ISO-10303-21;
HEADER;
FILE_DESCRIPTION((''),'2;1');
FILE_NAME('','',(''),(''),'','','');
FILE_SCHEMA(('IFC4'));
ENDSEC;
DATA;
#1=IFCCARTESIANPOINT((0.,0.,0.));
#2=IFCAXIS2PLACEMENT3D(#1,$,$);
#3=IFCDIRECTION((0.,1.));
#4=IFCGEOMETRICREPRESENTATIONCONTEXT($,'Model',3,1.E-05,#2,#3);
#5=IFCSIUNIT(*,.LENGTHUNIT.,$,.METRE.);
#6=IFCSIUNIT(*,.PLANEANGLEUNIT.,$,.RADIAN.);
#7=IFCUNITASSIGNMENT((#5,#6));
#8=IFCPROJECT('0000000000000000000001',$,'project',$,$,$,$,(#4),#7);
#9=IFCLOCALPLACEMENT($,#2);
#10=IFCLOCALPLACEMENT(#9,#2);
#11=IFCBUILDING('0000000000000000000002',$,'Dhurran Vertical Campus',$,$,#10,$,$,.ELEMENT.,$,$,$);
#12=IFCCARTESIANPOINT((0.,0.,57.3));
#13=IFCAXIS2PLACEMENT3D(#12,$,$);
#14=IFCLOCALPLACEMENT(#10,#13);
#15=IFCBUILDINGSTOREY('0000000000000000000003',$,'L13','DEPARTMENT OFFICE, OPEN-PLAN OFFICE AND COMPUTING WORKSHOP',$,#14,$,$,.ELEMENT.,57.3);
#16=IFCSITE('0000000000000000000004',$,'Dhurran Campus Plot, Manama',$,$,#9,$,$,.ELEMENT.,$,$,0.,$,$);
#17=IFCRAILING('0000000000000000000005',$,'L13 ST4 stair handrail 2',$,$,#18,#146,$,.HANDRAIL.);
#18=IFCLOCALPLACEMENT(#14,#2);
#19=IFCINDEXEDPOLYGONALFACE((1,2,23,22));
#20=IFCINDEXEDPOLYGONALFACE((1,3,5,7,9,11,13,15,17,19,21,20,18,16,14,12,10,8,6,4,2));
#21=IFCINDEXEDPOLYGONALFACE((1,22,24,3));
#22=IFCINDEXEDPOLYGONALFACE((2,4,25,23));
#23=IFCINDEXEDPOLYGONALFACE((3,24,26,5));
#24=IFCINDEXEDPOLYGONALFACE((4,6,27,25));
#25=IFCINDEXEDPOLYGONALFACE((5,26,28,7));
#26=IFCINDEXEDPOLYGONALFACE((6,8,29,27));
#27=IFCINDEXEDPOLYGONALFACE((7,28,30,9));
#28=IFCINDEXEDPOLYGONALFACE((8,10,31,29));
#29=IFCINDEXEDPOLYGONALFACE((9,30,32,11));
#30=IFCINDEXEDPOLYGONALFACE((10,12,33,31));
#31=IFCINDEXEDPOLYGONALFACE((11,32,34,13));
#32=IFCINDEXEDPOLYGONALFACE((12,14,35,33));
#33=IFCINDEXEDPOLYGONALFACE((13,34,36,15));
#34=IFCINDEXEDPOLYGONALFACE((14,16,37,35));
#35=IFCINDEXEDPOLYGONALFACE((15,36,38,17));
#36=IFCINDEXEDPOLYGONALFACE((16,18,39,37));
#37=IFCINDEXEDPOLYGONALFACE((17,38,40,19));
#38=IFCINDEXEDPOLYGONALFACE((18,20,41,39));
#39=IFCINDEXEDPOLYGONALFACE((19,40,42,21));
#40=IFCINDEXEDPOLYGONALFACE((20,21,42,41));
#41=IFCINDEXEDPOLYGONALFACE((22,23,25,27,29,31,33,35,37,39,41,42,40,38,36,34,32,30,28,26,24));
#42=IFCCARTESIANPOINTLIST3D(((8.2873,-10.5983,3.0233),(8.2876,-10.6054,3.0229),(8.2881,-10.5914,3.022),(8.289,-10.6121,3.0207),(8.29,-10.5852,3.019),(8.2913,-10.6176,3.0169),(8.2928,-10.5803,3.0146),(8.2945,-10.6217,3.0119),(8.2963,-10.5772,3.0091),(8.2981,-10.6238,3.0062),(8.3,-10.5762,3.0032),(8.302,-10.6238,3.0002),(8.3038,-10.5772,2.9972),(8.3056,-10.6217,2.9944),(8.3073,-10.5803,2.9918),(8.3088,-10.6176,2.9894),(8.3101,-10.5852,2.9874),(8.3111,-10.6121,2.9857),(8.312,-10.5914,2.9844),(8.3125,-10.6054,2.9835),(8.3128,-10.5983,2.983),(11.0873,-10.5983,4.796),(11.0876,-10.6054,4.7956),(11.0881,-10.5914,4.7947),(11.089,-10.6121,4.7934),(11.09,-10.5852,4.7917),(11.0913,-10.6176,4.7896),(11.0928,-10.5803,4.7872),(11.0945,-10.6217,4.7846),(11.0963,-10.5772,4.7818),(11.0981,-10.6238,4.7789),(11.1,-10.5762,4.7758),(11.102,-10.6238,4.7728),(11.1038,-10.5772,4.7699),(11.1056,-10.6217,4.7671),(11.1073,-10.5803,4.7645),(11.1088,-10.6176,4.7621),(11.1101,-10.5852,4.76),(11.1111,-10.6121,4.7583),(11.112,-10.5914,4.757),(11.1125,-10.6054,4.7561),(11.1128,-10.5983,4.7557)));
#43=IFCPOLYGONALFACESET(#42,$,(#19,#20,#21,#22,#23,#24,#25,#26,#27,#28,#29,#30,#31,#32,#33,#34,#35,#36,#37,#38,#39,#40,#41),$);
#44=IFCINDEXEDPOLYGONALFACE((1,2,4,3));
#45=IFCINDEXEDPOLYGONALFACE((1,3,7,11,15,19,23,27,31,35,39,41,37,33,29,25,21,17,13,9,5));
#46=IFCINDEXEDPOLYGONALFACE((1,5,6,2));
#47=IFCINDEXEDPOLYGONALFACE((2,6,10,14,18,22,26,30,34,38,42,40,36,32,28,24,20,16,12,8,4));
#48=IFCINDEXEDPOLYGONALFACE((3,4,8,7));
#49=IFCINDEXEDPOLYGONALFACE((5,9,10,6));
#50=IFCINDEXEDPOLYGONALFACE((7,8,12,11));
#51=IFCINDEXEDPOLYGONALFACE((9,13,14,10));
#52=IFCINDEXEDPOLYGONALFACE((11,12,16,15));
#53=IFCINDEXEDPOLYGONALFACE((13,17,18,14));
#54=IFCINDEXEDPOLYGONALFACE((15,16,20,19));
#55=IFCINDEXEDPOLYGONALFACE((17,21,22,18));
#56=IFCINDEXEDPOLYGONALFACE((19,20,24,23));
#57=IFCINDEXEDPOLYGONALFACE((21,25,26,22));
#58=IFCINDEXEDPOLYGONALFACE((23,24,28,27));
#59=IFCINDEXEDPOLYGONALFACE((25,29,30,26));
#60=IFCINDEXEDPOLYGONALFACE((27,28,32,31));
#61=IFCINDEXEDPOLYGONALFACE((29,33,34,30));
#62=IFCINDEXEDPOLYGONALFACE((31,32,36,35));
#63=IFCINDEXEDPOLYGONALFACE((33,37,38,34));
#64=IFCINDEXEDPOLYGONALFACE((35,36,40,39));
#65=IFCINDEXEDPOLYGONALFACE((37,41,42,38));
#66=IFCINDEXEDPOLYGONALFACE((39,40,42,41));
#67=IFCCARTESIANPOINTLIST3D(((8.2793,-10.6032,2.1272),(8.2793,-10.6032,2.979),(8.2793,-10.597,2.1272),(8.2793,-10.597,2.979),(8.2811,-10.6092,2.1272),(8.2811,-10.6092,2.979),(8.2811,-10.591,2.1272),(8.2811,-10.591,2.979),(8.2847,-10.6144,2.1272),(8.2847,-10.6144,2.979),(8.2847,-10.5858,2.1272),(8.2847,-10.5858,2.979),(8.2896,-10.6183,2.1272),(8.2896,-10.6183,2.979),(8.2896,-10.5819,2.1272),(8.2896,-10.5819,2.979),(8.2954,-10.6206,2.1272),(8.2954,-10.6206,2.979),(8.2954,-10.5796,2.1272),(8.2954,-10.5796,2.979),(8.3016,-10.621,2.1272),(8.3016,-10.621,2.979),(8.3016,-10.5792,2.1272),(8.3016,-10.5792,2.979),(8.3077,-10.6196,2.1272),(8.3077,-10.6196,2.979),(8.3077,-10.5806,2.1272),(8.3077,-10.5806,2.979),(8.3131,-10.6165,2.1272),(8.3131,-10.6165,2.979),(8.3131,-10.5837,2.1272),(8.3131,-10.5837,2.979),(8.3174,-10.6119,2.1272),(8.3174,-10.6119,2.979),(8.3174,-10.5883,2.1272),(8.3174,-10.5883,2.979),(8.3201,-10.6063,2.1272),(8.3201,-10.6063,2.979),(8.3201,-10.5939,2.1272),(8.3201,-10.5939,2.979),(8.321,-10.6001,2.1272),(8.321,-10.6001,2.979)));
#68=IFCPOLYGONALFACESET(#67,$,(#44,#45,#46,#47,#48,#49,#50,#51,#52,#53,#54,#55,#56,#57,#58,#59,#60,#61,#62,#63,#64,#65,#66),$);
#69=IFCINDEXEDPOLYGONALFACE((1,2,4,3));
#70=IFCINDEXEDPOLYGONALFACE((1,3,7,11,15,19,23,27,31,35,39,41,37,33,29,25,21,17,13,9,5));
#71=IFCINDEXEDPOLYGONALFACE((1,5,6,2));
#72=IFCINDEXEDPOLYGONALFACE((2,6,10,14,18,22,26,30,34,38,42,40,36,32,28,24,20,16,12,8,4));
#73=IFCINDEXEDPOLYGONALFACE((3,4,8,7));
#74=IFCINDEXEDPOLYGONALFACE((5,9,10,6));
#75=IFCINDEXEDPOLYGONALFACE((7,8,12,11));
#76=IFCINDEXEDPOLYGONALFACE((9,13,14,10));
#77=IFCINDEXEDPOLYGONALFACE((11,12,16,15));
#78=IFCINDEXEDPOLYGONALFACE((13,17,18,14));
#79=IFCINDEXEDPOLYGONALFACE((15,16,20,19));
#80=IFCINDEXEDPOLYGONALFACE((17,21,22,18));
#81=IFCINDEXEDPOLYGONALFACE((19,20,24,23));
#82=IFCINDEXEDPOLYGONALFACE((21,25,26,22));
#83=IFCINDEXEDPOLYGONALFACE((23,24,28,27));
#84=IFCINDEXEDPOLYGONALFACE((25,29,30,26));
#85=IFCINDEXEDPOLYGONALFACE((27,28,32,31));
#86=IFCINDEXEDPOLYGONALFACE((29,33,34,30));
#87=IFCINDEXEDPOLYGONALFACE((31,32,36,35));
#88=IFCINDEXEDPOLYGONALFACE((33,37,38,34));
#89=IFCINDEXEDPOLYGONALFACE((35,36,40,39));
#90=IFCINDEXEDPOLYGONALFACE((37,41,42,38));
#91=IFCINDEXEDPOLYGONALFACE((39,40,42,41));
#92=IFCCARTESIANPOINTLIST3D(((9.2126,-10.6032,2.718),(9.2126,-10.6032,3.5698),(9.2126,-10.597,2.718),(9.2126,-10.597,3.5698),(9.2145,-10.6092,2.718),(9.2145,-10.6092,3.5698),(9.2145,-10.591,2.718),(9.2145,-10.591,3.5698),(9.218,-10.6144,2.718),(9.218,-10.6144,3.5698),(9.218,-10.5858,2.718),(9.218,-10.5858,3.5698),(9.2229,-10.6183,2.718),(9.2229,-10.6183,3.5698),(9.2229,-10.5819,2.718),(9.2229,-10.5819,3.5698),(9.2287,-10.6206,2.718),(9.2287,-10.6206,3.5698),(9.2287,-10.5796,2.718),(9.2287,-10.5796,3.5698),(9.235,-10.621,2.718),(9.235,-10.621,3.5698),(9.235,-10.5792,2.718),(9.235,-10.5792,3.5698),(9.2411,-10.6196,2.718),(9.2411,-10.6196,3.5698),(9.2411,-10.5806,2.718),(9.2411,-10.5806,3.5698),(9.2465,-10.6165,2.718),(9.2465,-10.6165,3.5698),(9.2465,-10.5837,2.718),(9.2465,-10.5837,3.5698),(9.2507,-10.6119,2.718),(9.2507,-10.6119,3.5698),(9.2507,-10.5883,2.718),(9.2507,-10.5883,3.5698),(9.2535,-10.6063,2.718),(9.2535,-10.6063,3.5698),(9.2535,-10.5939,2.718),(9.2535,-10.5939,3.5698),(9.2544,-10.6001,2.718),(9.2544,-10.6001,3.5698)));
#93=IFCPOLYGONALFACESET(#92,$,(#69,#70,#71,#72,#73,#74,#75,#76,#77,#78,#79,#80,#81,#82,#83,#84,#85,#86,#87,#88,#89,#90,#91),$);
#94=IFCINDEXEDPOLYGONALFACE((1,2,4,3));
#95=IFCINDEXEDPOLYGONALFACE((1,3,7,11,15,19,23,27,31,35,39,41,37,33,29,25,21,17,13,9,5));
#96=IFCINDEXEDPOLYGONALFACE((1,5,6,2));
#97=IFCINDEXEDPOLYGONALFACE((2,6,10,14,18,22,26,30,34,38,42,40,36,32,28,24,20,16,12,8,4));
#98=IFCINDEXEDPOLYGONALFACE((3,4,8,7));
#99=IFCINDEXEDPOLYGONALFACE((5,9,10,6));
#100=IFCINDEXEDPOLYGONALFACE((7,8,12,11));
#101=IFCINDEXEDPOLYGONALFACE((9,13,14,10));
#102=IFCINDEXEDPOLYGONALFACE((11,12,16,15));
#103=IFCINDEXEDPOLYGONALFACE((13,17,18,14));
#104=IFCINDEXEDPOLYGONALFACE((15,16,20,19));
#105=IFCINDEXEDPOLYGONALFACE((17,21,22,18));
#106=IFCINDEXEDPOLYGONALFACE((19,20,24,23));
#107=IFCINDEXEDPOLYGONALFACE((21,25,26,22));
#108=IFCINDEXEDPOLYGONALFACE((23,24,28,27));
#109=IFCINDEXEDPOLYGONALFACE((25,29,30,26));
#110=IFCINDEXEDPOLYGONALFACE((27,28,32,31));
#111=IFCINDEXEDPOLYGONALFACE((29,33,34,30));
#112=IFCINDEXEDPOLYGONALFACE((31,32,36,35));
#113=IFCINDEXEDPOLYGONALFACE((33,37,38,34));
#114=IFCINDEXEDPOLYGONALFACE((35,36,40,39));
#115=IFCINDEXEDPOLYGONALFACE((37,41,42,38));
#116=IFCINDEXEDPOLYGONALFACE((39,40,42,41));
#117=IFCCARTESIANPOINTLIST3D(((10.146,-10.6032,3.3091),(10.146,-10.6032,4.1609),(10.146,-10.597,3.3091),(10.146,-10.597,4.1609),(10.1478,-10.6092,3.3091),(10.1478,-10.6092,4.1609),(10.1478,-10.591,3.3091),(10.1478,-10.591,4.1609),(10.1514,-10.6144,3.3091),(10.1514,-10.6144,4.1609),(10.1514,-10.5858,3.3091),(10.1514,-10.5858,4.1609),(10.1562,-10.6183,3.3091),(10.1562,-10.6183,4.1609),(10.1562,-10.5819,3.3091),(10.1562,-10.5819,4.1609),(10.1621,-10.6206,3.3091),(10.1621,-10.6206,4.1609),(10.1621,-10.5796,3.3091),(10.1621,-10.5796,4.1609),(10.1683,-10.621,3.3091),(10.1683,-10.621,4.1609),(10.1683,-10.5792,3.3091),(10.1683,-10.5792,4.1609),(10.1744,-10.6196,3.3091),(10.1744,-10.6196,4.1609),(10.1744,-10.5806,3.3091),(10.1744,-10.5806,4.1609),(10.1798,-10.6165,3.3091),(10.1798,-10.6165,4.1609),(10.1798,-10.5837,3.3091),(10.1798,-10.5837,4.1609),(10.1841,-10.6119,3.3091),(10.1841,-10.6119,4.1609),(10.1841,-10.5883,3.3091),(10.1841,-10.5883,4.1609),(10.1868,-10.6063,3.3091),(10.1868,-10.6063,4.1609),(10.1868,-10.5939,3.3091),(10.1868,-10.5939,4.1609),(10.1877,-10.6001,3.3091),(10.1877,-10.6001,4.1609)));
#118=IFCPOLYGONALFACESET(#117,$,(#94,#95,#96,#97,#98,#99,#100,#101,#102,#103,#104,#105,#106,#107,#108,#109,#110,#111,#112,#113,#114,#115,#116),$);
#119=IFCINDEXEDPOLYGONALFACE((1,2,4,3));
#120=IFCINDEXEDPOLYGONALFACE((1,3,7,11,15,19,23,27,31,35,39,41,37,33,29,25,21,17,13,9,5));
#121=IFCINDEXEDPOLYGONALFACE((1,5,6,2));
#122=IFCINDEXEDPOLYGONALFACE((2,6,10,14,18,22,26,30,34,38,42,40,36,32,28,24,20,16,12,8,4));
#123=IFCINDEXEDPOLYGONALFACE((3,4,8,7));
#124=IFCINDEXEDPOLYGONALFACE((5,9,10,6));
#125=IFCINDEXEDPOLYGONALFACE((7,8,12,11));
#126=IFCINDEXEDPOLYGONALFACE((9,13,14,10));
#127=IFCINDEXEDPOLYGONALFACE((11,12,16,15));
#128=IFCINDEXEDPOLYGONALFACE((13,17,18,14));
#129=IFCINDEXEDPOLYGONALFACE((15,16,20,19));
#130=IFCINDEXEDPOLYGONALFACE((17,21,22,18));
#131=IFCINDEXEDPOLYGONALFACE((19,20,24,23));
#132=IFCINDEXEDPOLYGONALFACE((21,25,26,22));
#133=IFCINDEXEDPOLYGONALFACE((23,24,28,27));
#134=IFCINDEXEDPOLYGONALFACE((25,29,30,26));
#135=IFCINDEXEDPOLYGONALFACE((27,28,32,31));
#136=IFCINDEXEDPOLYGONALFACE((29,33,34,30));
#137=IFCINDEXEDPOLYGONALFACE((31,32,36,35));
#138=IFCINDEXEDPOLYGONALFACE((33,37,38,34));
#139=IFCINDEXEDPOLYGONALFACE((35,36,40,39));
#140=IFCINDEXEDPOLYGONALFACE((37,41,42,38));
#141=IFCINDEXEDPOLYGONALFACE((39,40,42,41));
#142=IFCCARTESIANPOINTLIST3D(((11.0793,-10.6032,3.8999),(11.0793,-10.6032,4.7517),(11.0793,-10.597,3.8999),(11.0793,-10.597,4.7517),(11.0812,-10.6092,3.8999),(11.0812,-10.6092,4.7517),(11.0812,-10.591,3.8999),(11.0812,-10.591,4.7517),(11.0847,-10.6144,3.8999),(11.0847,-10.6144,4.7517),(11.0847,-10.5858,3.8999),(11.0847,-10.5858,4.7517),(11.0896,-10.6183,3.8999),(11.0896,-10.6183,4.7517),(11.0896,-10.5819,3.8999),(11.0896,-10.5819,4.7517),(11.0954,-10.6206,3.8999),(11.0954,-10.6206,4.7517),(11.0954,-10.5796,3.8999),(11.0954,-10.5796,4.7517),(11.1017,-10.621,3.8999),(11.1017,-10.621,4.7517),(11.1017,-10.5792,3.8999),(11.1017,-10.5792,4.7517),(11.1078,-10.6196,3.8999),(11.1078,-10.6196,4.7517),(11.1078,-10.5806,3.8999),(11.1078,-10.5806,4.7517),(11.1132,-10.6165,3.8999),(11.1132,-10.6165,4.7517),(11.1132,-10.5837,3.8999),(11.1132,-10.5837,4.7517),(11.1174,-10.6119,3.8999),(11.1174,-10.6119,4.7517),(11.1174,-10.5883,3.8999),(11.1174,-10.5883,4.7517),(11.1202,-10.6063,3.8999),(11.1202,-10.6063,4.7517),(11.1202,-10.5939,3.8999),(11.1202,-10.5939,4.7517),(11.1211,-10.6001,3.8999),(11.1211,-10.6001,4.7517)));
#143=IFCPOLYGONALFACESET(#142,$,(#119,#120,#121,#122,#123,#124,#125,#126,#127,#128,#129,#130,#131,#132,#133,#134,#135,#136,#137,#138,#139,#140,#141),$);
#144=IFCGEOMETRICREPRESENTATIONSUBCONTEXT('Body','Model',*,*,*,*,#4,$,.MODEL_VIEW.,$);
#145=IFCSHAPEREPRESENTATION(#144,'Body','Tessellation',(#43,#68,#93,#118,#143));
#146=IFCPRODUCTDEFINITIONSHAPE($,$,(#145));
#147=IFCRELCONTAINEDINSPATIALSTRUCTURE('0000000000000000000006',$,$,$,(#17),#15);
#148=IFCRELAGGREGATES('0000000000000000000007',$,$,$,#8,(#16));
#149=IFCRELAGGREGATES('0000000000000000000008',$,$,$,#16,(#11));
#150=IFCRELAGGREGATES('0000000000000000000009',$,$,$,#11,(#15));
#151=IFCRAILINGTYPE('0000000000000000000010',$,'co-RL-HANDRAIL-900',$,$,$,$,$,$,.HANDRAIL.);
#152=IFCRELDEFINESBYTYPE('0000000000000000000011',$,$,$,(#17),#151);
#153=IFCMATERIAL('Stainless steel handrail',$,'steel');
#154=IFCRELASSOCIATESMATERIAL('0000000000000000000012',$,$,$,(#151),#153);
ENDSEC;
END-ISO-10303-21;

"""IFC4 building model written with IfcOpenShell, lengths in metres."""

from ifc_helpers import new_model, si_unit, direction, frame, origin, origin_2d, place, context, subcontext, project, spatial, circle, extrude, material, type_object, element, save


model = new_model("IFC4")

# Units and contexts
model_context = context("Model", 3, precision=1e-05, world=origin(), true_north=direction((0.0, 1.0)))
body_context = subcontext(model_context, "Body", "Model", "MODEL_VIEW")
ifc_project = project(units=[si_unit("LENGTHUNIT", "METRE"), si_unit("PLANEANGLEUNIT", "RADIAN")], contexts=[model_context])

# Site, building, storey
site_placement = place(None, origin())
site = spatial("IfcSite", under=ifc_project, at=site_placement, Name="Dhurran Campus Plot, Manama", CompositionType="ELEMENT", RefElevation=0.0)
building_placement = place(site_placement, origin())
building = spatial("IfcBuilding", under=site, at=building_placement, Name="Dhurran Vertical Campus", CompositionType="ELEMENT")
storey_placement = place(building_placement, frame((0.0, 0.0, 57.3)))
storey = spatial("IfcBuildingStorey", under=building, at=storey_placement, Name="L13", Description="DEPARTMENT OFFICE, OPEN-PLAN OFFICE AND COMPUTING WORKSHOP", CompositionType="ELEMENT", Elevation=57.3)

# Railing
ifc_material_1 = material(Name="Stainless steel handrail", Category="steel")
railing_type_1 = type_object("IfcRailingType", Name="co-RL-HANDRAIL-900", PredefinedType="HANDRAIL", material=ifc_material_1)
railing_1_placement = place(storey_placement, frame((8.3, -10.6001, 2.1272)))
element("IfcRailing", 1, at=railing_1_placement, inside=storey, type_object=railing_type_1, Name="L13 ST4 stair handrail 2", PredefinedType="HANDRAIL", context=body_context, shape_type="SweptSolid", body=[
    extrude(circle(Radius=0.0239, at=origin_2d()), frame((0.0, 0.0, 0.876), z_axis=(0.844909, 0.0, 0.53491), x_axis=(0.0, 1.0, 0.0)), (0.0, 0.0, 1.0), 3.314),
    extrude(circle(Radius=0.021, at=origin_2d()), origin(), (0.0, 0.0, 1.0), 0.8518),
    extrude(circle(Radius=0.021, at=origin_2d()), frame((0.9333, 0.0, 0.5908)), (0.0, 0.0, 1.0), 0.8518),
    extrude(circle(Radius=0.021, at=origin_2d()), frame((1.8667, 0.0, 1.1819)), (0.0, 0.0, 1.0), 0.8518),
    extrude(circle(Radius=0.021, at=origin_2d()), frame((2.8, 0.0, 1.7727)), (0.0, 0.0, 1.0), 0.8518),
])

save(model, "model.ifc")
